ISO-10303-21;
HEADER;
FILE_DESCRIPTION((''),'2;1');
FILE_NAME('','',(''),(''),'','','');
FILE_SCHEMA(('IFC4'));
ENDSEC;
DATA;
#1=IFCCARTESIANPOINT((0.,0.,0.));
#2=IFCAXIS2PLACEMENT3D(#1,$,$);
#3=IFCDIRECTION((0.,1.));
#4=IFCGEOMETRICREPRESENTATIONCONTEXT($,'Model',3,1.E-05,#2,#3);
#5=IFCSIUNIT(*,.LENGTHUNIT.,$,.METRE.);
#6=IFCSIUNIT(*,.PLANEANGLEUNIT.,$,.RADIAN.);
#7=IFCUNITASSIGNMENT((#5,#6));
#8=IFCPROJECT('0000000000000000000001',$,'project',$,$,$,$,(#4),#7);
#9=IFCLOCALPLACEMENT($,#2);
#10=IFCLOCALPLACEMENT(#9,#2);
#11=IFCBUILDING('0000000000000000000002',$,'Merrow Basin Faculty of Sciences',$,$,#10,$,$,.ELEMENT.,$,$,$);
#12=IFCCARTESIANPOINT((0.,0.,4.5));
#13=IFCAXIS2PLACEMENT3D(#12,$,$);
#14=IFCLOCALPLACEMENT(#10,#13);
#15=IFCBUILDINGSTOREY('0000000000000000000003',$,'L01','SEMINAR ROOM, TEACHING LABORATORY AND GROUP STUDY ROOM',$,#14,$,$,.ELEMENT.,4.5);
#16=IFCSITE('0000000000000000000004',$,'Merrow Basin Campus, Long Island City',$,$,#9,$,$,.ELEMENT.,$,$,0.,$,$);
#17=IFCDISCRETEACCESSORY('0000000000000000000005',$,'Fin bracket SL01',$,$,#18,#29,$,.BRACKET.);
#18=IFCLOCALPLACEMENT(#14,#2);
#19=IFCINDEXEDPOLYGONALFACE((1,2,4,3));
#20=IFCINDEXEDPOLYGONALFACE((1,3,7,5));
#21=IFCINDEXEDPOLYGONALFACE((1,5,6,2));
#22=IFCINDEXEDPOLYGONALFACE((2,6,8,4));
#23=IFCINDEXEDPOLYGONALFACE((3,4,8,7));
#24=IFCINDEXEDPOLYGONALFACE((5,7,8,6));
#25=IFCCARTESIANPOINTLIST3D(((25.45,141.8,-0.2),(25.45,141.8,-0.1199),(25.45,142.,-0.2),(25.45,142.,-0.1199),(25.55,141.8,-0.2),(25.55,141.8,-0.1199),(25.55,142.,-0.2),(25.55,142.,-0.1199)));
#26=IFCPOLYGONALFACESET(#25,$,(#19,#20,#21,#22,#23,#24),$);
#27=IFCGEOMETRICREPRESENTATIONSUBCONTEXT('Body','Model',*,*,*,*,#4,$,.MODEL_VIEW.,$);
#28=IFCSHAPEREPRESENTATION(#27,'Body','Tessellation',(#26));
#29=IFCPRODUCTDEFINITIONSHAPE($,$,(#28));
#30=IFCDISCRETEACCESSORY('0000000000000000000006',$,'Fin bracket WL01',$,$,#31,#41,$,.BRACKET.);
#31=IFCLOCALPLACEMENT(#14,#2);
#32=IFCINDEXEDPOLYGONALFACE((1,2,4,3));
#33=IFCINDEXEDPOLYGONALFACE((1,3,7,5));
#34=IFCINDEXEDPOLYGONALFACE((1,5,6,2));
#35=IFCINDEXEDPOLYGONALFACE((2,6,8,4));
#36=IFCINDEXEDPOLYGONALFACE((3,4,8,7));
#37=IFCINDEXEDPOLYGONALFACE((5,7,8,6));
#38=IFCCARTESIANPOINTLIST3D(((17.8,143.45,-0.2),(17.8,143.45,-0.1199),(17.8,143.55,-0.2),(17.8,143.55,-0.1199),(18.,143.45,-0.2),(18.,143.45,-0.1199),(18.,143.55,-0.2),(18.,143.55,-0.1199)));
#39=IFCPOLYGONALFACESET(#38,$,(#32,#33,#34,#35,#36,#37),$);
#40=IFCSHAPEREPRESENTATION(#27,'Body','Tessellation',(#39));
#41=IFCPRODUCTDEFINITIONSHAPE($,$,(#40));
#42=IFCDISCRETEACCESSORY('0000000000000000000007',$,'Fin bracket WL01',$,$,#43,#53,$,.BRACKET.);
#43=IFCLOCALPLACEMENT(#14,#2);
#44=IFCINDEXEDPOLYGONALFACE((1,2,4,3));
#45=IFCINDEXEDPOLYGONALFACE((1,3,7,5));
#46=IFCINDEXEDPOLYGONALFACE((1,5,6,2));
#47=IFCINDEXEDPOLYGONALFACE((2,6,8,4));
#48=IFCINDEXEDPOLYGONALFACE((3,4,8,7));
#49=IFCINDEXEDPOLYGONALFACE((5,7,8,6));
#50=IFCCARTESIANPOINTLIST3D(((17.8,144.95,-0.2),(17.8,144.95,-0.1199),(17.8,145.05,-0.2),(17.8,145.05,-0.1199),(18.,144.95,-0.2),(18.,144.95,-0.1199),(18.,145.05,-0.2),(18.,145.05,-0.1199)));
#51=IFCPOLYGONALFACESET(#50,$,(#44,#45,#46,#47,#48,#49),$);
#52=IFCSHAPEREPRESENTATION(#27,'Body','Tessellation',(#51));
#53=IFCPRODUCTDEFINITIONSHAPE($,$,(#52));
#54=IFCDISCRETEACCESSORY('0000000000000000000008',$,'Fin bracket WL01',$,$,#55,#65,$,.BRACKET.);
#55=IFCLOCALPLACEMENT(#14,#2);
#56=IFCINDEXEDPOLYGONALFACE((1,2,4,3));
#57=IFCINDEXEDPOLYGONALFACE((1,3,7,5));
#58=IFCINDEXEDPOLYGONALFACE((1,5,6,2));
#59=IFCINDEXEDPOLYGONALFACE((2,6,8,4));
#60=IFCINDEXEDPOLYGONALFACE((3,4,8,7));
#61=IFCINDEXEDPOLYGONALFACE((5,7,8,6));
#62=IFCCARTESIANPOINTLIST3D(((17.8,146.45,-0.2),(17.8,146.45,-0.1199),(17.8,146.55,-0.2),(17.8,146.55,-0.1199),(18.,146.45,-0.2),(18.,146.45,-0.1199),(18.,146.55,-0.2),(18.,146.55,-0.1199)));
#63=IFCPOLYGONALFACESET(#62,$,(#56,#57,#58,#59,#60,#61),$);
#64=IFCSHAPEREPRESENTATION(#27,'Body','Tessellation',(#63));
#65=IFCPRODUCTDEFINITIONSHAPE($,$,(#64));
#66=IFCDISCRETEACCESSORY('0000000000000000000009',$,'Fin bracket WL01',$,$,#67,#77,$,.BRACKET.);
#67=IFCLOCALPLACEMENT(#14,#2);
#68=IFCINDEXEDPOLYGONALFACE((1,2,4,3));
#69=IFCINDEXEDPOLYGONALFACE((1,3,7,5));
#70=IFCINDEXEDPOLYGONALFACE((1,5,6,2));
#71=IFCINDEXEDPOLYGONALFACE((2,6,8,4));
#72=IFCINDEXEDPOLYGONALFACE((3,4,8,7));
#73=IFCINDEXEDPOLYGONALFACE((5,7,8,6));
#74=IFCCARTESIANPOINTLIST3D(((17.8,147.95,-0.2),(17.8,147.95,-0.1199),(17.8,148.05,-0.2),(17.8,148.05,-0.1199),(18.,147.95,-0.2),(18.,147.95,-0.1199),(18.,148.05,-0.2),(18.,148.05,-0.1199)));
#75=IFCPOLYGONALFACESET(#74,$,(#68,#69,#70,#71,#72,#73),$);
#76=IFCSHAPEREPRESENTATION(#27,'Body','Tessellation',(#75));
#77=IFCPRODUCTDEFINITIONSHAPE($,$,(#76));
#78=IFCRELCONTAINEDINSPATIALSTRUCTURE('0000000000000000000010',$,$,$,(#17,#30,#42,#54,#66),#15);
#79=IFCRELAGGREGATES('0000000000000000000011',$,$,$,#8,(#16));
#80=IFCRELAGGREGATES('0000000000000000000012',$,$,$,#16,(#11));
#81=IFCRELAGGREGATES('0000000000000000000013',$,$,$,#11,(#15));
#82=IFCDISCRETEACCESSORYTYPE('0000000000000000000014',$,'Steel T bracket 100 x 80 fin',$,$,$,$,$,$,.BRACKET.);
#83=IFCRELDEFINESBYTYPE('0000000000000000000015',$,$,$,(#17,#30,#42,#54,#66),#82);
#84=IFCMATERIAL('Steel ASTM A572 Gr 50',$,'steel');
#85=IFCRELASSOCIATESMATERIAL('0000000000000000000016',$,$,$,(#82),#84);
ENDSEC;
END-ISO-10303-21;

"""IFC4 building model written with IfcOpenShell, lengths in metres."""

from ifc_helpers import new_model, si_unit, direction, frame, origin, place, context, subcontext, project, spatial, polyline, outline, extrude, source, transform, mapped, material, type_object, element, save


model = new_model("IFC4")

# Units and contexts
model_context = context("Model", 3, precision=1e-05, world=origin(), true_north=direction((0.0, 1.0)))
body_context = subcontext(model_context, "Body", "Model", "MODEL_VIEW")
ifc_project = project(units=[si_unit("LENGTHUNIT", "METRE"), si_unit("PLANEANGLEUNIT", "RADIAN")], contexts=[model_context])

# Site, building, storey
site_placement = place(None, origin())
site = spatial("IfcSite", under=ifc_project, at=site_placement, Name="Merrow Basin Campus, Long Island City", CompositionType="ELEMENT", RefElevation=0.0)
building_placement = place(site_placement, origin())
building = spatial("IfcBuilding", under=site, at=building_placement, Name="Merrow Basin Faculty of Sciences", CompositionType="ELEMENT")
storey_placement = place(building_placement, frame((0.0, 0.0, 4.5)))
storey = spatial("IfcBuildingStorey", under=building, at=storey_placement, Name="L01", Description="SEMINAR ROOM, TEACHING LABORATORY AND GROUP STUDY ROOM", CompositionType="ELEMENT", Elevation=4.5)

# Discrete accessories
ifc_material_1 = material(Name="Steel ASTM A572 Gr 50", Category="steel")
discrete_accessory_type = type_object("IfcDiscreteAccessoryType", Name="Steel T bracket 100 x 80 fin", PredefinedType="BRACKET", material=ifc_material_1)
shared_shape_1 = source(origin(), body_context, "Body", "SweptSolid", [
    extrude(outline(polyline([(0.0, 0.0), (0.1001, 0.0), (0.1001, 0.0801), (0.0, 0.0801), (0.0, 0.0)])), origin(), (0.0, 0.0, 1.0), 0.2),
])
for number, where, z_axis, x_axis, name in (
    (1, (25.45, 142.0, -0.2), (0.0, -1.0, 0.0), (1.0, 0.0, 0.0), "Fin bracket SL01"),
    (2, (18.0, 143.55, -0.2), (-1.0, 0.0, 0.0), (0.0, -1.0, 0.0), "Fin bracket WL01"),
    (3, (18.0, 145.05, -0.2), (-1.0, 0.0, 0.0), (0.0, -1.0, 0.0), "Fin bracket WL01"),
    (4, (18.0, 146.55, -0.2), (-1.0, 0.0, 0.0), (0.0, -1.0, 0.0), "Fin bracket WL01"),
    (5, (18.0, 148.05, -0.2), (-1.0, 0.0, 0.0), (0.0, -1.0, 0.0), "Fin bracket WL01"),
):
    element("IfcDiscreteAccessory", number, at=place(storey_placement, frame(where, z_axis=z_axis, x_axis=x_axis)), inside=storey, type_object=discrete_accessory_type, Name=name, PredefinedType="BRACKET", context=body_context, shape_type="MappedRepresentation", body=[
        mapped(shared_shape_1, transform((0.0, 0.0, 0.0), scale=1.0)),
    ])

save(model, "model.ifc")
